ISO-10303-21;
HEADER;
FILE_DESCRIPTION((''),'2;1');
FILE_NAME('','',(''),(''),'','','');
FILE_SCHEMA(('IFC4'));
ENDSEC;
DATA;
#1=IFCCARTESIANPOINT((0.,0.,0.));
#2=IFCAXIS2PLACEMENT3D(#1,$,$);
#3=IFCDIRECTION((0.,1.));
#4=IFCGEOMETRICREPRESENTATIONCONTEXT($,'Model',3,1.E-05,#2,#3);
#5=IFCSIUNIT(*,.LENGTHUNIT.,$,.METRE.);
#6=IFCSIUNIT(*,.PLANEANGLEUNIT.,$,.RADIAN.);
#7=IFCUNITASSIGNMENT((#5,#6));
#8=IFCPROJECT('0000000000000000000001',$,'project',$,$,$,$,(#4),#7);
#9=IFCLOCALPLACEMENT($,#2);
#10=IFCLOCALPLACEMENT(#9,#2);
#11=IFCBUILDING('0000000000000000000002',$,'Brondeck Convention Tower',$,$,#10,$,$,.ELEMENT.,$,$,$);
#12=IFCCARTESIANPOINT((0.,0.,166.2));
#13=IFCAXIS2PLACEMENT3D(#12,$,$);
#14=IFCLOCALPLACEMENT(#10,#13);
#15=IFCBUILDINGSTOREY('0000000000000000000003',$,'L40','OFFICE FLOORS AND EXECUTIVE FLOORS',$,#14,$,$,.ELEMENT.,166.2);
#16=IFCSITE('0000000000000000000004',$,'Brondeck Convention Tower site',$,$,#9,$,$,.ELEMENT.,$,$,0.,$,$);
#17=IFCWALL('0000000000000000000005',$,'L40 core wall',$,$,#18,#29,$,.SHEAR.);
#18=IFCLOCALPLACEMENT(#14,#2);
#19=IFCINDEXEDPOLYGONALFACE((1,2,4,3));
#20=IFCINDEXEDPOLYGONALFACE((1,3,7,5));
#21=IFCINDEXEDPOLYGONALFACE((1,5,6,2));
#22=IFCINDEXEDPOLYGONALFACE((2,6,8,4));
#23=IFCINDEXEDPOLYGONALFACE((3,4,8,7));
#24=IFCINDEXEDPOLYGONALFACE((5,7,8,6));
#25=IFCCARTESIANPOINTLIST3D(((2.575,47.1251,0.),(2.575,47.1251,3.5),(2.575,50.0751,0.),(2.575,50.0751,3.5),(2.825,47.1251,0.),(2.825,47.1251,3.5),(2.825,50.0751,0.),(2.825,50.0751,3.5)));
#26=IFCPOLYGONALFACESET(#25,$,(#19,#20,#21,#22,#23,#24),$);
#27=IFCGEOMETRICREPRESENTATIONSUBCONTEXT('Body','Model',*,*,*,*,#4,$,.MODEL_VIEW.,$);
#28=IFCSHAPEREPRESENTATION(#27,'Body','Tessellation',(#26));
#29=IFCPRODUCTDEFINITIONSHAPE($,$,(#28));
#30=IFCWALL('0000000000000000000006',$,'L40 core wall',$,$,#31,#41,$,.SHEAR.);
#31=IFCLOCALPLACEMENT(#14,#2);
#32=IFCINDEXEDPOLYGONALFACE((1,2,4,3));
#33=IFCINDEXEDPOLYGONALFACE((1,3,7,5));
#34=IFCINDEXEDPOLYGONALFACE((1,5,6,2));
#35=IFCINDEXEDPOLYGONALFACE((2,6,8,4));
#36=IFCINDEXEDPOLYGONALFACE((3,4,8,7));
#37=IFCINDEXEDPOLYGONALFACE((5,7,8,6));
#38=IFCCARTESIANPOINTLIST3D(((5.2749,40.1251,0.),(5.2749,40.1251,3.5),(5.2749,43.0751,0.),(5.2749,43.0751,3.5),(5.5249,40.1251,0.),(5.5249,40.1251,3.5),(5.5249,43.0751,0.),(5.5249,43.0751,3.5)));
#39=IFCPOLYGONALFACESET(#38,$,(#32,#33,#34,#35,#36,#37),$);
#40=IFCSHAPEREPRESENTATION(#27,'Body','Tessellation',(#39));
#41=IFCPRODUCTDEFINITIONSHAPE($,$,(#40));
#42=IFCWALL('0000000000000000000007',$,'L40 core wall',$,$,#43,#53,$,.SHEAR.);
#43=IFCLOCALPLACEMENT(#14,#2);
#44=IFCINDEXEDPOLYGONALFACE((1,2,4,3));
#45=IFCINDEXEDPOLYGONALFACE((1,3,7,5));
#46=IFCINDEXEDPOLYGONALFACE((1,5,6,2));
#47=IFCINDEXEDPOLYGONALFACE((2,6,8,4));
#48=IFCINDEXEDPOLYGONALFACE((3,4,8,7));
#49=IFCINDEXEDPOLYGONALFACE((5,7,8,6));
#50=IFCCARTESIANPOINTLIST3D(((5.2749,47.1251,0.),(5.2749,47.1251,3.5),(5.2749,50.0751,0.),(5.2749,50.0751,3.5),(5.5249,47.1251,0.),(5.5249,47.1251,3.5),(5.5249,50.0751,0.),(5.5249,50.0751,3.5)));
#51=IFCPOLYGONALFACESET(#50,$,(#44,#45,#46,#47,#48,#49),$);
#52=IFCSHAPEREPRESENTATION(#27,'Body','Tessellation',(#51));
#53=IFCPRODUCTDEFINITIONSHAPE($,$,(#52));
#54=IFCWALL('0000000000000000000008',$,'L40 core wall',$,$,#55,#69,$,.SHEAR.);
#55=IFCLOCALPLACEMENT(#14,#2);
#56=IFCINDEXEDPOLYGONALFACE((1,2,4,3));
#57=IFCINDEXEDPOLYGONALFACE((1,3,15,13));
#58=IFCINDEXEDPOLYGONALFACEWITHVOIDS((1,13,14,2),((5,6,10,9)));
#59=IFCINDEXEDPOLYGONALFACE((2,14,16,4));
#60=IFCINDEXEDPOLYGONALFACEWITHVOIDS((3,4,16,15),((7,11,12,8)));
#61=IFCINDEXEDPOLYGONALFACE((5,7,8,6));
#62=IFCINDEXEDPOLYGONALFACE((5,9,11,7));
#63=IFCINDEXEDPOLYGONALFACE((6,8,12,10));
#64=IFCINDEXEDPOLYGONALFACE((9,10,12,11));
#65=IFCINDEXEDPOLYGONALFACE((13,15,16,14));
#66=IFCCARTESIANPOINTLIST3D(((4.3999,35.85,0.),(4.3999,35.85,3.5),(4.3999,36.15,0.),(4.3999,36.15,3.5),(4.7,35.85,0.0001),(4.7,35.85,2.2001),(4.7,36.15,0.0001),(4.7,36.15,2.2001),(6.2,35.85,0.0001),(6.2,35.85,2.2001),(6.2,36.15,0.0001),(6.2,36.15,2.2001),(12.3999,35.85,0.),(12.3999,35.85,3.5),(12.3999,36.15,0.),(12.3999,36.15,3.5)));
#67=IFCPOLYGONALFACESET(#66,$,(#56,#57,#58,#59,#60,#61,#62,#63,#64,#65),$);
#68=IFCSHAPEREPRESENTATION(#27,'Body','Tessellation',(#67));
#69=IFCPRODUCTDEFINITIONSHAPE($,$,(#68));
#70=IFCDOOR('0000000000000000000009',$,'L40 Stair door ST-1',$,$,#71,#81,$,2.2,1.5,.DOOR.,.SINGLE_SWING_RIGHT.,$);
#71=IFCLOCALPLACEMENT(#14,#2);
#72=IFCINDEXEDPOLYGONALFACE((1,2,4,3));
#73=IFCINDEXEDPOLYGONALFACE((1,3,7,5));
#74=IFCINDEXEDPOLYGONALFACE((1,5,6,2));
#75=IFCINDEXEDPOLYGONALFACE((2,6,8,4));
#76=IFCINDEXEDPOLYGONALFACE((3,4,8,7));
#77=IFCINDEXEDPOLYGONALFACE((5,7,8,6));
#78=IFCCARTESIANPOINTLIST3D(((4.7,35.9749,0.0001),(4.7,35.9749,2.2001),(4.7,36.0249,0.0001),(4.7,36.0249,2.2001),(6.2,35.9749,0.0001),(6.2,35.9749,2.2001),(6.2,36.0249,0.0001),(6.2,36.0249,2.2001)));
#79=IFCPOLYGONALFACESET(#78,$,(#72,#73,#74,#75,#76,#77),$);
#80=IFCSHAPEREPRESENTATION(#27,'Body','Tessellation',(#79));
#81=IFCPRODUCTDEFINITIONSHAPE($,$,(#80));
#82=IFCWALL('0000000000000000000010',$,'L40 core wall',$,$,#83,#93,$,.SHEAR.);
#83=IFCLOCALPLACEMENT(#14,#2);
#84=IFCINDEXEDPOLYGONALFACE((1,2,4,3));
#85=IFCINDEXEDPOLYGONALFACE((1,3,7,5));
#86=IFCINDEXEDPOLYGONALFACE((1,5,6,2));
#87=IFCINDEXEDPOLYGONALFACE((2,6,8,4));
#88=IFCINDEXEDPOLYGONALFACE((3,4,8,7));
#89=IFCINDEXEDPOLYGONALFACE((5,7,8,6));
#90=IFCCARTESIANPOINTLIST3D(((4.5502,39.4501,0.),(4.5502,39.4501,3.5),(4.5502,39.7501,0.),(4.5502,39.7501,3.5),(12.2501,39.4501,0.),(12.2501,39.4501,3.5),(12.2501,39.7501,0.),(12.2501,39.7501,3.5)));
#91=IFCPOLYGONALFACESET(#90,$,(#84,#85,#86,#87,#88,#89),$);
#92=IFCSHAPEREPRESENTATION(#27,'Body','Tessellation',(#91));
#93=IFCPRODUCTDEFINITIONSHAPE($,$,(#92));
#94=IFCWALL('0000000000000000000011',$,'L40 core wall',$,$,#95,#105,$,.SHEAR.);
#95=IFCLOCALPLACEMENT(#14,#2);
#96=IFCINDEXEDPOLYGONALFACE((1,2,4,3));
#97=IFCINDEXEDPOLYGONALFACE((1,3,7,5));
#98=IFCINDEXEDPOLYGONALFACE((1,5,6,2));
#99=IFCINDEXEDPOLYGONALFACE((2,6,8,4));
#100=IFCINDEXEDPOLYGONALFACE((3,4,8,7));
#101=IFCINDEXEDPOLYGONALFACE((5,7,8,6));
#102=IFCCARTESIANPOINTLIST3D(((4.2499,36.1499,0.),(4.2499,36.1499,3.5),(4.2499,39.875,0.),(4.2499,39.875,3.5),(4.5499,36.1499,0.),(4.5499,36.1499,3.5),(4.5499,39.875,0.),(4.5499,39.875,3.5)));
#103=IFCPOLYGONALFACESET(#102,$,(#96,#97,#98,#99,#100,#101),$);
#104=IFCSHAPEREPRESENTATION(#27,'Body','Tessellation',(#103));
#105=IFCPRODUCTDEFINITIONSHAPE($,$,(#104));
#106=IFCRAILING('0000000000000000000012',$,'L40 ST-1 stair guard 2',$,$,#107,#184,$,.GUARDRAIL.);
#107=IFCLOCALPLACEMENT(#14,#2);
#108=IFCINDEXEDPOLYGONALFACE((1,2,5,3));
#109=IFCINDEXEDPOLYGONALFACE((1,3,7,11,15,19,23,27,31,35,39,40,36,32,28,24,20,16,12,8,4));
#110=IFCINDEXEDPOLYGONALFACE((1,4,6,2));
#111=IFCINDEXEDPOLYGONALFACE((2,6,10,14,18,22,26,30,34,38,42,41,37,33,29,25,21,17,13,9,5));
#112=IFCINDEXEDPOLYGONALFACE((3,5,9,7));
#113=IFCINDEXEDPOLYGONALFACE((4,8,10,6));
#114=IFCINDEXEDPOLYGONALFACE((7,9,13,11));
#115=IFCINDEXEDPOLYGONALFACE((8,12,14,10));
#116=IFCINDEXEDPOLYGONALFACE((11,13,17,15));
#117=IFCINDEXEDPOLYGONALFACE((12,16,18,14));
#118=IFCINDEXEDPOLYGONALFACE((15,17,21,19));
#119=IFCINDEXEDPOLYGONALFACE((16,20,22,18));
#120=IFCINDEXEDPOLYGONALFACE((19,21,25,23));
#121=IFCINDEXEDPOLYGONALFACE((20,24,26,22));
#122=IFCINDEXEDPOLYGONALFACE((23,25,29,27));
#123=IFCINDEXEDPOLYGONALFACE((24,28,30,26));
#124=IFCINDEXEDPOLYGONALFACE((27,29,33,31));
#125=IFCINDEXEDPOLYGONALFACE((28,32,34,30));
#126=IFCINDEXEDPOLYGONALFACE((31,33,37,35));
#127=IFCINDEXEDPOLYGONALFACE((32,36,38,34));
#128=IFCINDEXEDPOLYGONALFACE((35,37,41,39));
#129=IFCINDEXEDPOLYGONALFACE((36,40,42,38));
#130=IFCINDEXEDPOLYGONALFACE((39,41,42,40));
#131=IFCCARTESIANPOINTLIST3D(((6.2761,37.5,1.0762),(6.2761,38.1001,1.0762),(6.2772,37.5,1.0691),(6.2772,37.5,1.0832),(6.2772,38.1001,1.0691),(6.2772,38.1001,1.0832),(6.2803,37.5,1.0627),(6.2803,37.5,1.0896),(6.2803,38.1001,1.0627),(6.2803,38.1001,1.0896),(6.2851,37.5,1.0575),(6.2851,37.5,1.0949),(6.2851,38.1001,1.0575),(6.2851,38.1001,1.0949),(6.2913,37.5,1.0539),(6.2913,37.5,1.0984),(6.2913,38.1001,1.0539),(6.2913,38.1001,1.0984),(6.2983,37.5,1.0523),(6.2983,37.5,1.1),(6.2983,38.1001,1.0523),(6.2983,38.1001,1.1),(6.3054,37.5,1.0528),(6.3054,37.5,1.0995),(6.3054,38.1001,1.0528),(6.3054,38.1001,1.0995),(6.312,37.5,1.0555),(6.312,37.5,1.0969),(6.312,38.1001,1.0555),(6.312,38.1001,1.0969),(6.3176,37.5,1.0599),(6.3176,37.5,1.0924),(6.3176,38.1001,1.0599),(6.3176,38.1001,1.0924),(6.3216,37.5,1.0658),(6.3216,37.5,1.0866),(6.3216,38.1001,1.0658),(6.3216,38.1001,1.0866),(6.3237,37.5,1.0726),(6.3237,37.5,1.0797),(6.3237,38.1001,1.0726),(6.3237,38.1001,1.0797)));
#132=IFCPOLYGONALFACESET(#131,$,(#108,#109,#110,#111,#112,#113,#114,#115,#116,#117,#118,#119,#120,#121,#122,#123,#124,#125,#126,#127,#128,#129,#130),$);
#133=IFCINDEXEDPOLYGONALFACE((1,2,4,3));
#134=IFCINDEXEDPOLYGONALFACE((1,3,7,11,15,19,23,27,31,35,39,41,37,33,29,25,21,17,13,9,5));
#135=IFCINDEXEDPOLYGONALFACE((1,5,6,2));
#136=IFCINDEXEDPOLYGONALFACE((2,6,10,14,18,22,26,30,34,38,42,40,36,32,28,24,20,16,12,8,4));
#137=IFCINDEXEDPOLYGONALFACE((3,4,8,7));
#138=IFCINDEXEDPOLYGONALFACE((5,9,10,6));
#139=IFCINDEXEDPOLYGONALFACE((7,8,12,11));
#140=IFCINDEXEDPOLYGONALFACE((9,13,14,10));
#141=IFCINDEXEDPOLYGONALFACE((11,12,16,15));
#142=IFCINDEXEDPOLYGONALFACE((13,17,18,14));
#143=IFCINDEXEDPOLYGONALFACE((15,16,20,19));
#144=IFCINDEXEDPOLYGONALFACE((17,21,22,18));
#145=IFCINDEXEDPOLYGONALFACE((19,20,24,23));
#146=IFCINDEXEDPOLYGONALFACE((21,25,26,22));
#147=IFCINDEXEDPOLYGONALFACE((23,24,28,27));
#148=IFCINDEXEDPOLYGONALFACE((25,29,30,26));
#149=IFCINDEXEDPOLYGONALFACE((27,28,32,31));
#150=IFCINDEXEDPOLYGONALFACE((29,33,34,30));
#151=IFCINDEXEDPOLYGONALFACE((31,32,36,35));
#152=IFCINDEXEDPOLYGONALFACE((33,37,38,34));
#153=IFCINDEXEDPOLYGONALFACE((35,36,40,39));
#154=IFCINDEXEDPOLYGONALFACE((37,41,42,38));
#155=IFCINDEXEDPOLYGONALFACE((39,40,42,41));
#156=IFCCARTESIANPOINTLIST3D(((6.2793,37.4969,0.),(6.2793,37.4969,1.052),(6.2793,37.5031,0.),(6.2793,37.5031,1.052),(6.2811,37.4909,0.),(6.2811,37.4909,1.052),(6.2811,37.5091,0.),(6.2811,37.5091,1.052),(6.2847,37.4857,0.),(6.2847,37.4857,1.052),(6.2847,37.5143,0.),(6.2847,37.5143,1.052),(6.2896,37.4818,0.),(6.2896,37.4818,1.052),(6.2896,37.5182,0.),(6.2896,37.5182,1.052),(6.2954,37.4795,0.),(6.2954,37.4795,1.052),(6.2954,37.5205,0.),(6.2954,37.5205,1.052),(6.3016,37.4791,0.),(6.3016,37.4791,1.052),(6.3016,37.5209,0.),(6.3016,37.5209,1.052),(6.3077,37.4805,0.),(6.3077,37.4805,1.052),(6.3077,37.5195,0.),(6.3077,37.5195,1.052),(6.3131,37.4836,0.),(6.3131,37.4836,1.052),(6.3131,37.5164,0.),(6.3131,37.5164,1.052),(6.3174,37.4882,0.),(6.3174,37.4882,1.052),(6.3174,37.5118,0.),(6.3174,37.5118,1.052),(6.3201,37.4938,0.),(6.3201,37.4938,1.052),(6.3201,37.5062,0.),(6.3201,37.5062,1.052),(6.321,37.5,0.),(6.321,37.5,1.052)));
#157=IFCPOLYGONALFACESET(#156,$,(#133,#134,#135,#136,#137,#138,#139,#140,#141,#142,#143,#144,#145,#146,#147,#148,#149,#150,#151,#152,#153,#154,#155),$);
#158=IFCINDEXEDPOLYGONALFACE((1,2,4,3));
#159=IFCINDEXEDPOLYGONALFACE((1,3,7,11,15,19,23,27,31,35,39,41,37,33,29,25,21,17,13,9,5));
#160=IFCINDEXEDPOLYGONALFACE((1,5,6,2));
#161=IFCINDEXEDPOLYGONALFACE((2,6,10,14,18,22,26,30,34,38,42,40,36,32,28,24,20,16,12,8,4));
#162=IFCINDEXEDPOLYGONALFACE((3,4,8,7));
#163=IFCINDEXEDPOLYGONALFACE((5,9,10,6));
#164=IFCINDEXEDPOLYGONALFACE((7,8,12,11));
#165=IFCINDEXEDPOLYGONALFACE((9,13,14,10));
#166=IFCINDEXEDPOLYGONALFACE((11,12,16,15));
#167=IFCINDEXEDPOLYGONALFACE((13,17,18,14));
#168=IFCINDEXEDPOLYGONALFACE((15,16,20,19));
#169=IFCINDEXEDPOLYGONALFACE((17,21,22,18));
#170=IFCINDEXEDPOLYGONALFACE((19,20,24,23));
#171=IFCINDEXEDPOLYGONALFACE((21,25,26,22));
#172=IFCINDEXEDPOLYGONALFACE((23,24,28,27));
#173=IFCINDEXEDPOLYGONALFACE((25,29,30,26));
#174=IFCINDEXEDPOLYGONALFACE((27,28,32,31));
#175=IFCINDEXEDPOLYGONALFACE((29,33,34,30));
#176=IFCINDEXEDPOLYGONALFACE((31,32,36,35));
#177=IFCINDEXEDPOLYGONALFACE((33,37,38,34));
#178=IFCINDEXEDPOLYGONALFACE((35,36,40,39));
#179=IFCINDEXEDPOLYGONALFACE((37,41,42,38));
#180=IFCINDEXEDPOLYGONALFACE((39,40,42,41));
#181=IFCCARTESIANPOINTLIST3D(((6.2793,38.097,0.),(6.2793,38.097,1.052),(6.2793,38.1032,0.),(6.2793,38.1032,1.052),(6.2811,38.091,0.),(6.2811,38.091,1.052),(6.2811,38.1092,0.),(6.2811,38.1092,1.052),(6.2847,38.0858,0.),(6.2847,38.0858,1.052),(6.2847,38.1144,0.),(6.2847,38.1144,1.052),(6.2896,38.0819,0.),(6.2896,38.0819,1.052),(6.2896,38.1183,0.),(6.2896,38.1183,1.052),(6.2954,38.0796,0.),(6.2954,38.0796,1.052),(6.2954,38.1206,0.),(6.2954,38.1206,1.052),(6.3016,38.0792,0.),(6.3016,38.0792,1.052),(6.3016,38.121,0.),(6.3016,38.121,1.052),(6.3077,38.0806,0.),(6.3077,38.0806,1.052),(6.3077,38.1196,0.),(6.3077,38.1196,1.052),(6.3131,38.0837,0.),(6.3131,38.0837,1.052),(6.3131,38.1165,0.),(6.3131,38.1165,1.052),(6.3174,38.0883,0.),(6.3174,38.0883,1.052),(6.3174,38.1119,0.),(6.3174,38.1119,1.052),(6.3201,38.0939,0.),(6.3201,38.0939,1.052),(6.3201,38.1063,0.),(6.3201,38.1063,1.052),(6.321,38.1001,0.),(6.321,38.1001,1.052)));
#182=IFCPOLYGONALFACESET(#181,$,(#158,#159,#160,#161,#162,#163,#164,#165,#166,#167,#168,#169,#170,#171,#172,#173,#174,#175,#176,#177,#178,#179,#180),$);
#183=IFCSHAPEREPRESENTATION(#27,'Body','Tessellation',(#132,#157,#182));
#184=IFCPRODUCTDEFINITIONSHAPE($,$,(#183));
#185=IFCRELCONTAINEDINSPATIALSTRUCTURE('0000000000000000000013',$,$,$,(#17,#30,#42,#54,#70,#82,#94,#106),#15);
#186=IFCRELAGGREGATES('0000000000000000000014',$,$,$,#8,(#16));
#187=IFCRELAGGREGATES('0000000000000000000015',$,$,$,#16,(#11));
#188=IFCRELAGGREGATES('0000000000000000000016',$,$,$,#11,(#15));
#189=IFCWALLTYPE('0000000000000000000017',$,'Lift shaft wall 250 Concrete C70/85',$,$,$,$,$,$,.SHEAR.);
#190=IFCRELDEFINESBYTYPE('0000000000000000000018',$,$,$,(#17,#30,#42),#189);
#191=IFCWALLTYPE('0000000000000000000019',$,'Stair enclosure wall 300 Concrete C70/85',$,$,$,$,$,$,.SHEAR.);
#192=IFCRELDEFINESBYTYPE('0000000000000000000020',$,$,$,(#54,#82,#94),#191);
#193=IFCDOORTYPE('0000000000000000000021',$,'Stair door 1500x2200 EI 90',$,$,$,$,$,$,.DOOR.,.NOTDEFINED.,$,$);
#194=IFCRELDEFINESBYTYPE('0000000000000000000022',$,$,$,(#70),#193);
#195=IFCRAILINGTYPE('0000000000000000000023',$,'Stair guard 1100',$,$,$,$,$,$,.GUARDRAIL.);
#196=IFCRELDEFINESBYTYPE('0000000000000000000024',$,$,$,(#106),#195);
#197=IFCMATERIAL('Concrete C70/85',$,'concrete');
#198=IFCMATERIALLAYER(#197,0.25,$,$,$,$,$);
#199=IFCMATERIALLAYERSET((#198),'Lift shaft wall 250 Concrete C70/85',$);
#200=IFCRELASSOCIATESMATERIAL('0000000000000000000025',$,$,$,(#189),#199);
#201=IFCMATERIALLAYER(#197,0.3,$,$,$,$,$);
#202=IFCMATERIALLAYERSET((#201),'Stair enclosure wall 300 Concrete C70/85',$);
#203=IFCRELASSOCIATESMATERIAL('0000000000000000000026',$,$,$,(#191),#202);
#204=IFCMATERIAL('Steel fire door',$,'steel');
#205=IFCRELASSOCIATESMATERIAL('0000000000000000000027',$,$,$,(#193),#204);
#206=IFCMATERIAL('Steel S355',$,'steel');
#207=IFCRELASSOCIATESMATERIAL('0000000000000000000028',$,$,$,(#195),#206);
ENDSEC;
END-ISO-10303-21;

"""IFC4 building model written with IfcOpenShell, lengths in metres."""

from ifc_helpers import new_model, si_unit, direction, frame, frame_2d, origin, origin_2d, place, context, subcontext, project, spatial, rectangle, circle, extrude, material, layer, layer_set, type_object, element, fill, save


model = new_model("IFC4")

# Units and contexts
model_context = context("Model", 3, precision=1e-05, world=origin(), true_north=direction((0.0, 1.0)))
body_context = subcontext(model_context, "Body", "Model", "MODEL_VIEW")
ifc_project = project(units=[si_unit("LENGTHUNIT", "METRE"), si_unit("PLANEANGLEUNIT", "RADIAN")], contexts=[model_context])

# Site, building, storey
site_placement = place(None, origin())
site = spatial("IfcSite", under=ifc_project, at=site_placement, Name="Brondeck Convention Tower site", CompositionType="ELEMENT", RefElevation=0.0)
building_placement = place(site_placement, origin())
building = spatial("IfcBuilding", under=site, at=building_placement, Name="Brondeck Convention Tower", CompositionType="ELEMENT")
storey_placement = place(building_placement, frame((0.0, 0.0, 166.2)))
storey = spatial("IfcBuildingStorey", under=building, at=storey_placement, Name="L40", Description="OFFICE FLOORS AND EXECUTIVE FLOORS", CompositionType="ELEMENT", Elevation=166.2)

# Shared definitions
ifc_material_1 = material(Name="Concrete C70/85", Category="concrete")

# Shared definitions
ifc_material_2 = material(Name="Steel fire door", Category="steel")

# Shared definitions
ifc_layer_1 = layer(ifc_material_1, 0.25)
ifc_layer_set_1 = layer_set([ifc_layer_1], Name="Lift shaft wall 250 Concrete C70/85")
wall_type_1 = type_object("IfcWallType", Name="Lift shaft wall 250 Concrete C70/85", PredefinedType="SHEAR", material=ifc_layer_set_1)

# Walls
for number, where, z_axis, x_axis, name in (
    (1, (2.7, 47.125, 0.0), (0.0, 0.0, 1.0), (0.0, 1.0, 0.0), "L40 core wall"),
    (2, (5.3999, 40.125, 0.0), (0.0, 0.0, 1.0), (0.0, 1.0, 0.0), "L40 core wall"),
    (3, (5.3999, 47.125, 0.0), (0.0, 0.0, 1.0), (0.0, 1.0, 0.0), "L40 core wall"),
):
    element("IfcWall", number, at=place(storey_placement, frame(where, z_axis=z_axis, x_axis=x_axis)), inside=storey, type_object=wall_type_1, Name=name, PredefinedType="SHEAR", context=body_context, shape_type="SweptSolid", body=[
        extrude(rectangle(XDim=2.95, YDim=0.25, at=frame_2d((1.4751, 0.0))), origin(), (0.0, 0.0, 1.0), 3.5),
    ])

# Wall, opening, door
ifc_layer_2 = layer(ifc_material_1, 0.3)
ifc_layer_set_2 = layer_set([ifc_layer_2], Name="Stair enclosure wall 300 Concrete C70/85")
wall_type_2 = type_object("IfcWallType", Name="Stair enclosure wall 300 Concrete C70/85", PredefinedType="SHEAR", material=ifc_layer_set_2)
wall_1_placement = place(storey_placement, frame((4.3999, 36.0, 0.0), z_axis=(0.0, 0.0, 1.0), x_axis=(1.0, 0.0, 0.0)))
wall_1 = element("IfcWall", 4, at=wall_1_placement, inside=storey, type_object=wall_type_2, Name="L40 core wall", PredefinedType="SHEAR", context=body_context, shape_type="SweptSolid", body=[
    extrude(rectangle(XDim=8.0, YDim=0.3, at=frame_2d((4.0, 0.0))), origin(), (0.0, 0.0, 1.0), 3.5),
])
opening_1_placement = place(wall_1_placement, frame((0.3, 0.0, 0.0)))
opening_1 = element("IfcOpeningElement", 5, at=opening_1_placement, cuts=wall_1, PredefinedType="OPENING", context=body_context, shape_type="SweptSolid", body=[
    extrude(rectangle(XDim=1.5, YDim=2.2, at=frame_2d((0.75, 1.1001))), frame((0.0, 0.1599, 0.0), z_axis=(0.0, -1.0, 0.0), x_axis=(1.0, 0.0, 0.0)), (0.0, 0.0, 1.0), 0.3201),
])
door_type_1 = type_object("IfcDoorType", Name="Stair door 1500x2200 EI 90", OperationType="NOTDEFINED", PredefinedType="DOOR", material=ifc_material_2)
door_1_placement = place(opening_1_placement, origin())
door_1 = element("IfcDoor", 6, at=door_1_placement, inside=storey, type_object=door_type_1, Name="L40 Stair door ST-1", OperationType="SINGLE_SWING_RIGHT", OverallHeight=2.2, OverallWidth=1.5, PredefinedType="DOOR", context=body_context, shape_type="SweptSolid", body=[
    extrude(rectangle(XDim=1.5, YDim=2.2, at=frame_2d((0.75, 1.1001))), frame((0.0, 0.0249, 0.0), z_axis=(0.0, -1.0, 0.0), x_axis=(1.0, 0.0, 0.0)), (0.0, 0.0, 1.0), 0.05),
])
fill(opening_1, door_1)

# Walls
wall_2_placement = place(storey_placement, frame((4.55, 39.6001, 0.0), z_axis=(0.0, 0.0, 1.0), x_axis=(1.0, 0.0, 0.0)))
element("IfcWall", 7, at=wall_2_placement, inside=storey, type_object=wall_type_2, Name="L40 core wall", PredefinedType="SHEAR", context=body_context, shape_type="SweptSolid", body=[
    extrude(rectangle(XDim=7.7, YDim=0.3, at=frame_2d((3.8501, 0.0))), origin(), (0.0, 0.0, 1.0), 3.5),
])
wall_3_placement = place(storey_placement, frame((4.3999, 36.1499, 0.0), z_axis=(0.0, 0.0, 1.0), x_axis=(0.0, 1.0, 0.0)))
element("IfcWall", 8, at=wall_3_placement, inside=storey, type_object=wall_type_2, Name="L40 core wall", PredefinedType="SHEAR", context=body_context, shape_type="SweptSolid", body=[
    extrude(rectangle(XDim=3.7251, YDim=0.3, at=frame_2d((1.8625, 0.0))), origin(), (0.0, 0.0, 1.0), 3.5),
])

# Railing
ifc_material_3 = material(Name="Steel S355", Category="steel")
railing_type = type_object("IfcRailingType", Name="Stair guard 1100", PredefinedType="GUARDRAIL", material=ifc_material_3)
railing_placement = place(storey_placement, frame((6.3, 37.5, 0.0)))
element("IfcRailing", 9, at=railing_placement, inside=storey, type_object=railing_type, Name="L40 ST-1 stair guard 2", PredefinedType="GUARDRAIL", context=body_context, shape_type="SweptSolid", body=[
    extrude(circle(Radius=0.0239, at=origin_2d()), frame((0.0, 0.0, 1.0762), z_axis=(0.0, 1.0, 0.0), x_axis=(-1.0, 0.0, 0.0)), (0.0, 0.0, 1.0), 0.6001),
    extrude(circle(Radius=0.021, at=origin_2d()), origin(), (0.0, 0.0, 1.0), 1.052),
    extrude(circle(Radius=0.021, at=origin_2d()), frame((0.0, 0.6001, 0.0)), (0.0, 0.0, 1.0), 1.052),
])

save(model, "model.ifc")
